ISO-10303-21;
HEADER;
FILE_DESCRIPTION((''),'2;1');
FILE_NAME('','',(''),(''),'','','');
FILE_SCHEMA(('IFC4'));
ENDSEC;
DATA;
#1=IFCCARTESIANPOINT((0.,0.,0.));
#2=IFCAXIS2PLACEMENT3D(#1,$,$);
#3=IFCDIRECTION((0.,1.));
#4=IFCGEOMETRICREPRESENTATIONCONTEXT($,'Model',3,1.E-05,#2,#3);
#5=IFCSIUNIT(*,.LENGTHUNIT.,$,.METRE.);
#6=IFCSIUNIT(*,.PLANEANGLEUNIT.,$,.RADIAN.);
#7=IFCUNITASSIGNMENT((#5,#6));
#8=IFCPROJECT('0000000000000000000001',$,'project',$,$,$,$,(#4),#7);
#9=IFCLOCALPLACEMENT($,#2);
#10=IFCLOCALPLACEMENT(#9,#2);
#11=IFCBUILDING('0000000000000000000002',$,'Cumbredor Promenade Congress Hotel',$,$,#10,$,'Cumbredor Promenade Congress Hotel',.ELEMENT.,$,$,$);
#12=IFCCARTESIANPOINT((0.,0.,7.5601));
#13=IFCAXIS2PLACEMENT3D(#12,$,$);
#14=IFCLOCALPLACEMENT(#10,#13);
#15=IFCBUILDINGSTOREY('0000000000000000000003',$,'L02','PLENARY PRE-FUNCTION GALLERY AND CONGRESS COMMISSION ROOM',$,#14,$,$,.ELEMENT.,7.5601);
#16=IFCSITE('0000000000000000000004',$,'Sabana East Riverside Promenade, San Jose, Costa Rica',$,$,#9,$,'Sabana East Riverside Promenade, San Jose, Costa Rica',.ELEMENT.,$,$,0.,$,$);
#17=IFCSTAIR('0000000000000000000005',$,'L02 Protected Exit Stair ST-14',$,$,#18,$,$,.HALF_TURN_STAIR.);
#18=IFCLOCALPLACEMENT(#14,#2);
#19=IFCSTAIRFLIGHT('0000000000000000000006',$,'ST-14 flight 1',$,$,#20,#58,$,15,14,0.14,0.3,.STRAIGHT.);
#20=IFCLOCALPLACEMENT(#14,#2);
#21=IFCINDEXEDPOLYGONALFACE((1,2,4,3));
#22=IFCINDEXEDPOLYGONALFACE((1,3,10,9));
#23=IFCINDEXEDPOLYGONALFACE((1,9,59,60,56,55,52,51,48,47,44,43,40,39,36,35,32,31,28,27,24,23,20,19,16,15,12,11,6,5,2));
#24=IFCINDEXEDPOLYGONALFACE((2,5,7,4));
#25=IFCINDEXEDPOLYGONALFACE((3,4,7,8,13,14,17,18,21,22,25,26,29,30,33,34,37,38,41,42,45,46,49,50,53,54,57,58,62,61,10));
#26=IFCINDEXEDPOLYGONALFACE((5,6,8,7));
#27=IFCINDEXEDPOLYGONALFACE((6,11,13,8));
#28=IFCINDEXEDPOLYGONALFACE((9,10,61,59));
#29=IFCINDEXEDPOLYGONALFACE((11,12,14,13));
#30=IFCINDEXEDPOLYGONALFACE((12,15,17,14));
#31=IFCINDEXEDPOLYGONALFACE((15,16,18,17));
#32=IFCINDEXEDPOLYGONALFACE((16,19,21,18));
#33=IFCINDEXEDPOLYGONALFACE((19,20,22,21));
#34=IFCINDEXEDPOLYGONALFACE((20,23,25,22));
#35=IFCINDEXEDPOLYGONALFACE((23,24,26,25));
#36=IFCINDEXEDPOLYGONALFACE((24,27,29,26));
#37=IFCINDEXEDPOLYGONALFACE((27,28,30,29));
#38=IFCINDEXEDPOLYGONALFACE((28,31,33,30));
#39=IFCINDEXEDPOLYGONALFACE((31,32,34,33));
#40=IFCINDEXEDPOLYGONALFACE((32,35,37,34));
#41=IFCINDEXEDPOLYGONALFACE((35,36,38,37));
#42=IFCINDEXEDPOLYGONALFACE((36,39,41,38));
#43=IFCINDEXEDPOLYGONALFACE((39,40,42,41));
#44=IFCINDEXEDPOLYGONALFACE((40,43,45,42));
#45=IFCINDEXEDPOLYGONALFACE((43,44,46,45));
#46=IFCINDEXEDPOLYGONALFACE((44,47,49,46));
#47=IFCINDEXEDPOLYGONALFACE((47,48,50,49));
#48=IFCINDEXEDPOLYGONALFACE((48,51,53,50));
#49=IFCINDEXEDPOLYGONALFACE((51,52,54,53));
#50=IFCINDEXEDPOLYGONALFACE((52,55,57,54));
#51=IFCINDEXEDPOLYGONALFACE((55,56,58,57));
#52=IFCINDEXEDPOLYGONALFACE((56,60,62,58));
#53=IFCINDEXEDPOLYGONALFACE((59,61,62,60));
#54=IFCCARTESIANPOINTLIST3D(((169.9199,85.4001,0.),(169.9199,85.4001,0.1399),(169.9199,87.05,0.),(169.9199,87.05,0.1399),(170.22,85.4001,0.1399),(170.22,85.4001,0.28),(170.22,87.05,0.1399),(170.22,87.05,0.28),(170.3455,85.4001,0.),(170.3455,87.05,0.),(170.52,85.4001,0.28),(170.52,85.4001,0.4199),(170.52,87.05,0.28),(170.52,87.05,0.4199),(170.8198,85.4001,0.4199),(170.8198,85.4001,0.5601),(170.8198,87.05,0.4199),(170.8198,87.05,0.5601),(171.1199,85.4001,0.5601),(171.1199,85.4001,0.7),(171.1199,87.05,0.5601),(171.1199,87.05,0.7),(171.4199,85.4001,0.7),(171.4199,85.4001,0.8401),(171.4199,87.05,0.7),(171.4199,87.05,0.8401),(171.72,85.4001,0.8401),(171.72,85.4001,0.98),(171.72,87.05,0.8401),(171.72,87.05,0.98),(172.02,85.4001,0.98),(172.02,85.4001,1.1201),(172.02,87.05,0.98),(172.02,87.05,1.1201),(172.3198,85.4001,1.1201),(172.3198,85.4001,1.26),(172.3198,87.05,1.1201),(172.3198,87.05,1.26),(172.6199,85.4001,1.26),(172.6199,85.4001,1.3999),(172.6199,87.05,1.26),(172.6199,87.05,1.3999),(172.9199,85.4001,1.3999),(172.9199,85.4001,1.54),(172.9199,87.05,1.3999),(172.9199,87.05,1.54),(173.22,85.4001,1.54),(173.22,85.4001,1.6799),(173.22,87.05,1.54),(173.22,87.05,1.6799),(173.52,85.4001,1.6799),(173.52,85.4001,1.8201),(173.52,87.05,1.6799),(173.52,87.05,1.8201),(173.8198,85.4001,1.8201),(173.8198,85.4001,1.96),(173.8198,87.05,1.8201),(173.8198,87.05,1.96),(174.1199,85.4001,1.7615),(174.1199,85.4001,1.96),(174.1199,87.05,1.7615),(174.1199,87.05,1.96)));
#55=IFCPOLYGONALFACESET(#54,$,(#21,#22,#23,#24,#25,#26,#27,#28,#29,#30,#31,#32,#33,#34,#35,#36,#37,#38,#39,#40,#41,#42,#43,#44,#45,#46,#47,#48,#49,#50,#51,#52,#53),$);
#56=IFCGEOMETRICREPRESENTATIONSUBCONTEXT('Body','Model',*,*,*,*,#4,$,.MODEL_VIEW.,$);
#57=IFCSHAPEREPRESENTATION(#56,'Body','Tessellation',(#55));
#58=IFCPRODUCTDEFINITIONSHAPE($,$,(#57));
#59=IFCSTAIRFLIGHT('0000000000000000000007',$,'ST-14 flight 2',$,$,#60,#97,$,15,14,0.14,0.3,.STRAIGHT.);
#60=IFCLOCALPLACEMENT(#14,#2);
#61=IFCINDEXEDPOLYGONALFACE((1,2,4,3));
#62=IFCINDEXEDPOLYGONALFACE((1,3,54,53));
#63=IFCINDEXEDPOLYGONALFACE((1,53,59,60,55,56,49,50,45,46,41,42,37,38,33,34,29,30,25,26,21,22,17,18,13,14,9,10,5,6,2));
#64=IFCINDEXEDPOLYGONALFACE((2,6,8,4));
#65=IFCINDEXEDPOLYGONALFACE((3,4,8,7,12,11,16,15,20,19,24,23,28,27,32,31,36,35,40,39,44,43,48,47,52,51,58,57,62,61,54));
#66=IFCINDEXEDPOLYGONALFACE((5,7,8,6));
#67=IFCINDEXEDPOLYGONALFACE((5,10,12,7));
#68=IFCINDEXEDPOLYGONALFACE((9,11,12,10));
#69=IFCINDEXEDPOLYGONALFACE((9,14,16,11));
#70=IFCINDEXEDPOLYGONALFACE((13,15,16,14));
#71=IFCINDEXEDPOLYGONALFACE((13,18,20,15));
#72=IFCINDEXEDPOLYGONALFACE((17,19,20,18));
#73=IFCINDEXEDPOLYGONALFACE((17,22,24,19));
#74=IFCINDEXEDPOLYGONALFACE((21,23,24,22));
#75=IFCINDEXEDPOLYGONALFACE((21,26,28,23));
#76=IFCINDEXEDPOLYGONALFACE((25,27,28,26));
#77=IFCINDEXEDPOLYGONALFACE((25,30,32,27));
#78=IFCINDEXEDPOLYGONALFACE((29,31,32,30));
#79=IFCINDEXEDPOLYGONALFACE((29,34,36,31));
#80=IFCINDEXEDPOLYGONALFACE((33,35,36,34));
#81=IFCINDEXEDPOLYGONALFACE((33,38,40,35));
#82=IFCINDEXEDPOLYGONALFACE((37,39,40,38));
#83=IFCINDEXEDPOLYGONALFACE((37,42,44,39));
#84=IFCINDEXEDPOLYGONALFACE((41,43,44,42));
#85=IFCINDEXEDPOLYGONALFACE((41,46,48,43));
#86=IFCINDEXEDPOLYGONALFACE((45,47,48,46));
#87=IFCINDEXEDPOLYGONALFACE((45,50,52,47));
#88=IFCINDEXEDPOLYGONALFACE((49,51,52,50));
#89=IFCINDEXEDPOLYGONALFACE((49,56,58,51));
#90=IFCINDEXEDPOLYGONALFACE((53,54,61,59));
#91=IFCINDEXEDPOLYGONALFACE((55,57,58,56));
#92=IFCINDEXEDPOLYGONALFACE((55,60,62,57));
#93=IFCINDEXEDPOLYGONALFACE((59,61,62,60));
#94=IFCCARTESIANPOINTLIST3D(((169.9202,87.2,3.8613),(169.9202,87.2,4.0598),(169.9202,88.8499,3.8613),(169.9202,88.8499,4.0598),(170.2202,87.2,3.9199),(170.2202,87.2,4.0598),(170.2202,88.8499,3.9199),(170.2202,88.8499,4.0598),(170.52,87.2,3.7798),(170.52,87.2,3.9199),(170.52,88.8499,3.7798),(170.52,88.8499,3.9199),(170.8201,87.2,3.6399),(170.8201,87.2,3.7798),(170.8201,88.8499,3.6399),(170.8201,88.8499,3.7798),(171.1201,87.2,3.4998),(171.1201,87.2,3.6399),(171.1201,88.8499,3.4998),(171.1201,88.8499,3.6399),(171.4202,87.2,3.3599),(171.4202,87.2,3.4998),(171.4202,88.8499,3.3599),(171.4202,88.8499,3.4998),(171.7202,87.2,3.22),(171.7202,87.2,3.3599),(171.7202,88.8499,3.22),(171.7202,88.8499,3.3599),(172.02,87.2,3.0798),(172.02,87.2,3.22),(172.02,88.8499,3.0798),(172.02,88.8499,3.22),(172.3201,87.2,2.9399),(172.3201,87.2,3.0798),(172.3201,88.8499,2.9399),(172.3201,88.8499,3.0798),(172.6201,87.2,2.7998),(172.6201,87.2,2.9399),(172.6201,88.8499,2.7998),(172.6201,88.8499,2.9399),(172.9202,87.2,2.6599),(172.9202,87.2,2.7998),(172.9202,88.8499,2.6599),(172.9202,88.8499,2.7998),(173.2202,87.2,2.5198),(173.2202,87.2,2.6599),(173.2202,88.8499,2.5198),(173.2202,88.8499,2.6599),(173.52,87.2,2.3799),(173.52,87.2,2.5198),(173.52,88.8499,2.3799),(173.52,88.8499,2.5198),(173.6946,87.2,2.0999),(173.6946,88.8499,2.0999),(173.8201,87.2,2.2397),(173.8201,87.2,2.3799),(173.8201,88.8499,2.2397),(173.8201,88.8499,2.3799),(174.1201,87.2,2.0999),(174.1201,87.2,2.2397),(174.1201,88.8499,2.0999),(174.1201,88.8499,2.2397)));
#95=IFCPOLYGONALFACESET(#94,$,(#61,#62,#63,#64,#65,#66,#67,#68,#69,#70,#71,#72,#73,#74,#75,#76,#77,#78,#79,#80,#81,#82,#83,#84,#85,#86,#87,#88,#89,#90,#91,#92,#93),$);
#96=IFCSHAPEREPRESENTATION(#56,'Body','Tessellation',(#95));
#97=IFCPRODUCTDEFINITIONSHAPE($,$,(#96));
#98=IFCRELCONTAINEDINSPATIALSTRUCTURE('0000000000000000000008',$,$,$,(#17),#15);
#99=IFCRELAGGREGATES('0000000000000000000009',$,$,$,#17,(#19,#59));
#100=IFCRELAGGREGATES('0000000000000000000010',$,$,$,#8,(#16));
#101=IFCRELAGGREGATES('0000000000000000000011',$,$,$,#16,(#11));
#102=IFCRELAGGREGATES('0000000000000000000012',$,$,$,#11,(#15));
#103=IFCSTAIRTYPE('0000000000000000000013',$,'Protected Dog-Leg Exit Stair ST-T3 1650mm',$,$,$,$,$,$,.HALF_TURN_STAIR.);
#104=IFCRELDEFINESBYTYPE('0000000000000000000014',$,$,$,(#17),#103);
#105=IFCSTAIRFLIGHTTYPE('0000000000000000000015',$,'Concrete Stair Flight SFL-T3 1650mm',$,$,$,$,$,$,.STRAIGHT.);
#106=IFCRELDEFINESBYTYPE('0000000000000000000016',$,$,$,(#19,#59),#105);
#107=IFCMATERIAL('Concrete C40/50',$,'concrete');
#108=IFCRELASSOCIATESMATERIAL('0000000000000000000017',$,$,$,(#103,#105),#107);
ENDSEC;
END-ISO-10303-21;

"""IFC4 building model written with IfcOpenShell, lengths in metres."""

from ifc_helpers import new_model, si_unit, direction, frame, origin, place, context, subcontext, project, spatial, polyline, outline, extrude, material, type_object, element, aggregate, save


model = new_model("IFC4")

# Units and contexts
model_context = context("Model", 3, precision=1e-05, world=origin(), true_north=direction((0.0, 1.0)))
body_context = subcontext(model_context, "Body", "Model", "MODEL_VIEW")
ifc_project = project(units=[si_unit("LENGTHUNIT", "METRE"), si_unit("PLANEANGLEUNIT", "RADIAN")], contexts=[model_context])

# Site, building, storey
site_placement = place(None, origin())
site = spatial("IfcSite", under=ifc_project, at=site_placement, Name="Sabana East Riverside Promenade, San Jose, Costa Rica", LongName="Sabana East Riverside Promenade, San Jose, Costa Rica", CompositionType="ELEMENT", RefElevation=0.0)
building_placement = place(site_placement, origin())
building = spatial("IfcBuilding", under=site, at=building_placement, Name="Cumbredor Promenade Congress Hotel", LongName="Cumbredor Promenade Congress Hotel", CompositionType="ELEMENT")
storey_placement = place(building_placement, frame((0.0, 0.0, 7.5601)))
storey = spatial("IfcBuildingStorey", under=building, at=storey_placement, Name="L02", Description="PLENARY PRE-FUNCTION GALLERY AND CONGRESS COMMISSION ROOM", CompositionType="ELEMENT", Elevation=7.5601)

# Shared definitions
ifc_material_1 = material(Name="Concrete C40/50", Category="concrete")

# Stair, stair flights
stair_type = type_object("IfcStairType", Name="Protected Dog-Leg Exit Stair ST-T3 1650mm", PredefinedType="HALF_TURN_STAIR", material=ifc_material_1)
stair_placement = place(storey_placement, origin())
stair = element("IfcStair", 1, at=stair_placement, inside=storey, type_object=stair_type, Name="L02 Protected Exit Stair ST-14", PredefinedType="HALF_TURN_STAIR")
stair_flight_type = type_object("IfcStairFlightType", Name="Concrete Stair Flight SFL-T3 1650mm", PredefinedType="STRAIGHT", material=ifc_material_1)
stair_flight_1_placement = place(storey_placement, frame((169.9199, 86.2251, 0.0), z_axis=(0.0, 0.0, 1.0), x_axis=(1.0, 0.0, 0.0)))
stair_flight_1 = element("IfcStairFlight", 2, at=stair_flight_1_placement, type_object=stair_flight_type, Name="ST-14 flight 1", NumberOfRisers=15, NumberOfTreads=14, PredefinedType="STRAIGHT", RiserHeight=0.14, TreadLength=0.3, context=body_context, shape_type="SweptSolid", body=[
    extrude(outline(polyline([(0.0, 0.0), (0.0, 0.1399), (0.3, 0.1399), (0.3, 0.28), (0.6001, 0.28), (0.6001, 0.4199), (0.8999, 0.4199), (0.8999, 0.5601), (1.2, 0.5601), (1.2, 0.7), (1.5, 0.7), (1.5, 0.8401), (1.8, 0.8401), (1.8, 0.98), (2.1001, 0.98), (2.1001, 1.1201), (2.3999, 1.1201), (2.3999, 1.26), (2.7, 1.26), (2.7, 1.3999), (3.0, 1.3999), (3.0, 1.54), (3.3, 1.54), (3.3, 1.6799), (3.6001, 1.6799), (3.6001, 1.8201), (3.8999, 1.8201), (3.8999, 1.96), (4.2, 1.96), (4.2, 2.1001), (4.2, 1.7615), (0.4255, 0.0), (0.0, 0.0)])), frame((0.0, 0.825, 0.0), z_axis=(0.0, -1.0, 0.0), x_axis=(1.0, 0.0, 0.0)), (0.0, 0.0, 1.0), 1.6499),
])
stair_flight_2_placement = place(storey_placement, frame((174.1201, 88.0249, 2.0999), z_axis=(0.0, 0.0, 1.0), x_axis=(-1.0, 0.0, 0.0)))
stair_flight_2 = element("IfcStairFlight", 3, at=stair_flight_2_placement, type_object=stair_flight_type, Name="ST-14 flight 2", NumberOfRisers=15, NumberOfTreads=14, PredefinedType="STRAIGHT", RiserHeight=0.14, TreadLength=0.3, context=body_context, shape_type="SweptSolid", body=[
    extrude(outline(polyline([(0.0, 0.0), (0.0, 0.1399), (0.3, 0.1399), (0.3, 0.28), (0.6001, 0.28), (0.6001, 0.4199), (0.8999, 0.4199), (0.8999, 0.5601), (1.2, 0.5601), (1.2, 0.7), (1.5, 0.7), (1.5, 0.8401), (1.8, 0.8401), (1.8, 0.98), (2.1001, 0.98), (2.1001, 1.1201), (2.3999, 1.1201), (2.3999, 1.26), (2.7, 1.26), (2.7, 1.3999), (3.0, 1.3999), (3.0, 1.54), (3.3, 1.54), (3.3, 1.6799), (3.6001, 1.6799), (3.6001, 1.8201), (3.8999, 1.8201), (3.8999, 1.96), (4.2, 1.96), (4.2, 2.1001), (4.2, 1.7615), (0.4255, 0.0), (0.0, 0.0)])), frame((0.0, 0.825, 0.0), z_axis=(0.0, -1.0, 0.0), x_axis=(1.0, 0.0, 0.0)), (0.0, 0.0, 1.0), 1.6499),
])
aggregate(stair, [stair_flight_1, stair_flight_2])

save(model, "model.ifc")
